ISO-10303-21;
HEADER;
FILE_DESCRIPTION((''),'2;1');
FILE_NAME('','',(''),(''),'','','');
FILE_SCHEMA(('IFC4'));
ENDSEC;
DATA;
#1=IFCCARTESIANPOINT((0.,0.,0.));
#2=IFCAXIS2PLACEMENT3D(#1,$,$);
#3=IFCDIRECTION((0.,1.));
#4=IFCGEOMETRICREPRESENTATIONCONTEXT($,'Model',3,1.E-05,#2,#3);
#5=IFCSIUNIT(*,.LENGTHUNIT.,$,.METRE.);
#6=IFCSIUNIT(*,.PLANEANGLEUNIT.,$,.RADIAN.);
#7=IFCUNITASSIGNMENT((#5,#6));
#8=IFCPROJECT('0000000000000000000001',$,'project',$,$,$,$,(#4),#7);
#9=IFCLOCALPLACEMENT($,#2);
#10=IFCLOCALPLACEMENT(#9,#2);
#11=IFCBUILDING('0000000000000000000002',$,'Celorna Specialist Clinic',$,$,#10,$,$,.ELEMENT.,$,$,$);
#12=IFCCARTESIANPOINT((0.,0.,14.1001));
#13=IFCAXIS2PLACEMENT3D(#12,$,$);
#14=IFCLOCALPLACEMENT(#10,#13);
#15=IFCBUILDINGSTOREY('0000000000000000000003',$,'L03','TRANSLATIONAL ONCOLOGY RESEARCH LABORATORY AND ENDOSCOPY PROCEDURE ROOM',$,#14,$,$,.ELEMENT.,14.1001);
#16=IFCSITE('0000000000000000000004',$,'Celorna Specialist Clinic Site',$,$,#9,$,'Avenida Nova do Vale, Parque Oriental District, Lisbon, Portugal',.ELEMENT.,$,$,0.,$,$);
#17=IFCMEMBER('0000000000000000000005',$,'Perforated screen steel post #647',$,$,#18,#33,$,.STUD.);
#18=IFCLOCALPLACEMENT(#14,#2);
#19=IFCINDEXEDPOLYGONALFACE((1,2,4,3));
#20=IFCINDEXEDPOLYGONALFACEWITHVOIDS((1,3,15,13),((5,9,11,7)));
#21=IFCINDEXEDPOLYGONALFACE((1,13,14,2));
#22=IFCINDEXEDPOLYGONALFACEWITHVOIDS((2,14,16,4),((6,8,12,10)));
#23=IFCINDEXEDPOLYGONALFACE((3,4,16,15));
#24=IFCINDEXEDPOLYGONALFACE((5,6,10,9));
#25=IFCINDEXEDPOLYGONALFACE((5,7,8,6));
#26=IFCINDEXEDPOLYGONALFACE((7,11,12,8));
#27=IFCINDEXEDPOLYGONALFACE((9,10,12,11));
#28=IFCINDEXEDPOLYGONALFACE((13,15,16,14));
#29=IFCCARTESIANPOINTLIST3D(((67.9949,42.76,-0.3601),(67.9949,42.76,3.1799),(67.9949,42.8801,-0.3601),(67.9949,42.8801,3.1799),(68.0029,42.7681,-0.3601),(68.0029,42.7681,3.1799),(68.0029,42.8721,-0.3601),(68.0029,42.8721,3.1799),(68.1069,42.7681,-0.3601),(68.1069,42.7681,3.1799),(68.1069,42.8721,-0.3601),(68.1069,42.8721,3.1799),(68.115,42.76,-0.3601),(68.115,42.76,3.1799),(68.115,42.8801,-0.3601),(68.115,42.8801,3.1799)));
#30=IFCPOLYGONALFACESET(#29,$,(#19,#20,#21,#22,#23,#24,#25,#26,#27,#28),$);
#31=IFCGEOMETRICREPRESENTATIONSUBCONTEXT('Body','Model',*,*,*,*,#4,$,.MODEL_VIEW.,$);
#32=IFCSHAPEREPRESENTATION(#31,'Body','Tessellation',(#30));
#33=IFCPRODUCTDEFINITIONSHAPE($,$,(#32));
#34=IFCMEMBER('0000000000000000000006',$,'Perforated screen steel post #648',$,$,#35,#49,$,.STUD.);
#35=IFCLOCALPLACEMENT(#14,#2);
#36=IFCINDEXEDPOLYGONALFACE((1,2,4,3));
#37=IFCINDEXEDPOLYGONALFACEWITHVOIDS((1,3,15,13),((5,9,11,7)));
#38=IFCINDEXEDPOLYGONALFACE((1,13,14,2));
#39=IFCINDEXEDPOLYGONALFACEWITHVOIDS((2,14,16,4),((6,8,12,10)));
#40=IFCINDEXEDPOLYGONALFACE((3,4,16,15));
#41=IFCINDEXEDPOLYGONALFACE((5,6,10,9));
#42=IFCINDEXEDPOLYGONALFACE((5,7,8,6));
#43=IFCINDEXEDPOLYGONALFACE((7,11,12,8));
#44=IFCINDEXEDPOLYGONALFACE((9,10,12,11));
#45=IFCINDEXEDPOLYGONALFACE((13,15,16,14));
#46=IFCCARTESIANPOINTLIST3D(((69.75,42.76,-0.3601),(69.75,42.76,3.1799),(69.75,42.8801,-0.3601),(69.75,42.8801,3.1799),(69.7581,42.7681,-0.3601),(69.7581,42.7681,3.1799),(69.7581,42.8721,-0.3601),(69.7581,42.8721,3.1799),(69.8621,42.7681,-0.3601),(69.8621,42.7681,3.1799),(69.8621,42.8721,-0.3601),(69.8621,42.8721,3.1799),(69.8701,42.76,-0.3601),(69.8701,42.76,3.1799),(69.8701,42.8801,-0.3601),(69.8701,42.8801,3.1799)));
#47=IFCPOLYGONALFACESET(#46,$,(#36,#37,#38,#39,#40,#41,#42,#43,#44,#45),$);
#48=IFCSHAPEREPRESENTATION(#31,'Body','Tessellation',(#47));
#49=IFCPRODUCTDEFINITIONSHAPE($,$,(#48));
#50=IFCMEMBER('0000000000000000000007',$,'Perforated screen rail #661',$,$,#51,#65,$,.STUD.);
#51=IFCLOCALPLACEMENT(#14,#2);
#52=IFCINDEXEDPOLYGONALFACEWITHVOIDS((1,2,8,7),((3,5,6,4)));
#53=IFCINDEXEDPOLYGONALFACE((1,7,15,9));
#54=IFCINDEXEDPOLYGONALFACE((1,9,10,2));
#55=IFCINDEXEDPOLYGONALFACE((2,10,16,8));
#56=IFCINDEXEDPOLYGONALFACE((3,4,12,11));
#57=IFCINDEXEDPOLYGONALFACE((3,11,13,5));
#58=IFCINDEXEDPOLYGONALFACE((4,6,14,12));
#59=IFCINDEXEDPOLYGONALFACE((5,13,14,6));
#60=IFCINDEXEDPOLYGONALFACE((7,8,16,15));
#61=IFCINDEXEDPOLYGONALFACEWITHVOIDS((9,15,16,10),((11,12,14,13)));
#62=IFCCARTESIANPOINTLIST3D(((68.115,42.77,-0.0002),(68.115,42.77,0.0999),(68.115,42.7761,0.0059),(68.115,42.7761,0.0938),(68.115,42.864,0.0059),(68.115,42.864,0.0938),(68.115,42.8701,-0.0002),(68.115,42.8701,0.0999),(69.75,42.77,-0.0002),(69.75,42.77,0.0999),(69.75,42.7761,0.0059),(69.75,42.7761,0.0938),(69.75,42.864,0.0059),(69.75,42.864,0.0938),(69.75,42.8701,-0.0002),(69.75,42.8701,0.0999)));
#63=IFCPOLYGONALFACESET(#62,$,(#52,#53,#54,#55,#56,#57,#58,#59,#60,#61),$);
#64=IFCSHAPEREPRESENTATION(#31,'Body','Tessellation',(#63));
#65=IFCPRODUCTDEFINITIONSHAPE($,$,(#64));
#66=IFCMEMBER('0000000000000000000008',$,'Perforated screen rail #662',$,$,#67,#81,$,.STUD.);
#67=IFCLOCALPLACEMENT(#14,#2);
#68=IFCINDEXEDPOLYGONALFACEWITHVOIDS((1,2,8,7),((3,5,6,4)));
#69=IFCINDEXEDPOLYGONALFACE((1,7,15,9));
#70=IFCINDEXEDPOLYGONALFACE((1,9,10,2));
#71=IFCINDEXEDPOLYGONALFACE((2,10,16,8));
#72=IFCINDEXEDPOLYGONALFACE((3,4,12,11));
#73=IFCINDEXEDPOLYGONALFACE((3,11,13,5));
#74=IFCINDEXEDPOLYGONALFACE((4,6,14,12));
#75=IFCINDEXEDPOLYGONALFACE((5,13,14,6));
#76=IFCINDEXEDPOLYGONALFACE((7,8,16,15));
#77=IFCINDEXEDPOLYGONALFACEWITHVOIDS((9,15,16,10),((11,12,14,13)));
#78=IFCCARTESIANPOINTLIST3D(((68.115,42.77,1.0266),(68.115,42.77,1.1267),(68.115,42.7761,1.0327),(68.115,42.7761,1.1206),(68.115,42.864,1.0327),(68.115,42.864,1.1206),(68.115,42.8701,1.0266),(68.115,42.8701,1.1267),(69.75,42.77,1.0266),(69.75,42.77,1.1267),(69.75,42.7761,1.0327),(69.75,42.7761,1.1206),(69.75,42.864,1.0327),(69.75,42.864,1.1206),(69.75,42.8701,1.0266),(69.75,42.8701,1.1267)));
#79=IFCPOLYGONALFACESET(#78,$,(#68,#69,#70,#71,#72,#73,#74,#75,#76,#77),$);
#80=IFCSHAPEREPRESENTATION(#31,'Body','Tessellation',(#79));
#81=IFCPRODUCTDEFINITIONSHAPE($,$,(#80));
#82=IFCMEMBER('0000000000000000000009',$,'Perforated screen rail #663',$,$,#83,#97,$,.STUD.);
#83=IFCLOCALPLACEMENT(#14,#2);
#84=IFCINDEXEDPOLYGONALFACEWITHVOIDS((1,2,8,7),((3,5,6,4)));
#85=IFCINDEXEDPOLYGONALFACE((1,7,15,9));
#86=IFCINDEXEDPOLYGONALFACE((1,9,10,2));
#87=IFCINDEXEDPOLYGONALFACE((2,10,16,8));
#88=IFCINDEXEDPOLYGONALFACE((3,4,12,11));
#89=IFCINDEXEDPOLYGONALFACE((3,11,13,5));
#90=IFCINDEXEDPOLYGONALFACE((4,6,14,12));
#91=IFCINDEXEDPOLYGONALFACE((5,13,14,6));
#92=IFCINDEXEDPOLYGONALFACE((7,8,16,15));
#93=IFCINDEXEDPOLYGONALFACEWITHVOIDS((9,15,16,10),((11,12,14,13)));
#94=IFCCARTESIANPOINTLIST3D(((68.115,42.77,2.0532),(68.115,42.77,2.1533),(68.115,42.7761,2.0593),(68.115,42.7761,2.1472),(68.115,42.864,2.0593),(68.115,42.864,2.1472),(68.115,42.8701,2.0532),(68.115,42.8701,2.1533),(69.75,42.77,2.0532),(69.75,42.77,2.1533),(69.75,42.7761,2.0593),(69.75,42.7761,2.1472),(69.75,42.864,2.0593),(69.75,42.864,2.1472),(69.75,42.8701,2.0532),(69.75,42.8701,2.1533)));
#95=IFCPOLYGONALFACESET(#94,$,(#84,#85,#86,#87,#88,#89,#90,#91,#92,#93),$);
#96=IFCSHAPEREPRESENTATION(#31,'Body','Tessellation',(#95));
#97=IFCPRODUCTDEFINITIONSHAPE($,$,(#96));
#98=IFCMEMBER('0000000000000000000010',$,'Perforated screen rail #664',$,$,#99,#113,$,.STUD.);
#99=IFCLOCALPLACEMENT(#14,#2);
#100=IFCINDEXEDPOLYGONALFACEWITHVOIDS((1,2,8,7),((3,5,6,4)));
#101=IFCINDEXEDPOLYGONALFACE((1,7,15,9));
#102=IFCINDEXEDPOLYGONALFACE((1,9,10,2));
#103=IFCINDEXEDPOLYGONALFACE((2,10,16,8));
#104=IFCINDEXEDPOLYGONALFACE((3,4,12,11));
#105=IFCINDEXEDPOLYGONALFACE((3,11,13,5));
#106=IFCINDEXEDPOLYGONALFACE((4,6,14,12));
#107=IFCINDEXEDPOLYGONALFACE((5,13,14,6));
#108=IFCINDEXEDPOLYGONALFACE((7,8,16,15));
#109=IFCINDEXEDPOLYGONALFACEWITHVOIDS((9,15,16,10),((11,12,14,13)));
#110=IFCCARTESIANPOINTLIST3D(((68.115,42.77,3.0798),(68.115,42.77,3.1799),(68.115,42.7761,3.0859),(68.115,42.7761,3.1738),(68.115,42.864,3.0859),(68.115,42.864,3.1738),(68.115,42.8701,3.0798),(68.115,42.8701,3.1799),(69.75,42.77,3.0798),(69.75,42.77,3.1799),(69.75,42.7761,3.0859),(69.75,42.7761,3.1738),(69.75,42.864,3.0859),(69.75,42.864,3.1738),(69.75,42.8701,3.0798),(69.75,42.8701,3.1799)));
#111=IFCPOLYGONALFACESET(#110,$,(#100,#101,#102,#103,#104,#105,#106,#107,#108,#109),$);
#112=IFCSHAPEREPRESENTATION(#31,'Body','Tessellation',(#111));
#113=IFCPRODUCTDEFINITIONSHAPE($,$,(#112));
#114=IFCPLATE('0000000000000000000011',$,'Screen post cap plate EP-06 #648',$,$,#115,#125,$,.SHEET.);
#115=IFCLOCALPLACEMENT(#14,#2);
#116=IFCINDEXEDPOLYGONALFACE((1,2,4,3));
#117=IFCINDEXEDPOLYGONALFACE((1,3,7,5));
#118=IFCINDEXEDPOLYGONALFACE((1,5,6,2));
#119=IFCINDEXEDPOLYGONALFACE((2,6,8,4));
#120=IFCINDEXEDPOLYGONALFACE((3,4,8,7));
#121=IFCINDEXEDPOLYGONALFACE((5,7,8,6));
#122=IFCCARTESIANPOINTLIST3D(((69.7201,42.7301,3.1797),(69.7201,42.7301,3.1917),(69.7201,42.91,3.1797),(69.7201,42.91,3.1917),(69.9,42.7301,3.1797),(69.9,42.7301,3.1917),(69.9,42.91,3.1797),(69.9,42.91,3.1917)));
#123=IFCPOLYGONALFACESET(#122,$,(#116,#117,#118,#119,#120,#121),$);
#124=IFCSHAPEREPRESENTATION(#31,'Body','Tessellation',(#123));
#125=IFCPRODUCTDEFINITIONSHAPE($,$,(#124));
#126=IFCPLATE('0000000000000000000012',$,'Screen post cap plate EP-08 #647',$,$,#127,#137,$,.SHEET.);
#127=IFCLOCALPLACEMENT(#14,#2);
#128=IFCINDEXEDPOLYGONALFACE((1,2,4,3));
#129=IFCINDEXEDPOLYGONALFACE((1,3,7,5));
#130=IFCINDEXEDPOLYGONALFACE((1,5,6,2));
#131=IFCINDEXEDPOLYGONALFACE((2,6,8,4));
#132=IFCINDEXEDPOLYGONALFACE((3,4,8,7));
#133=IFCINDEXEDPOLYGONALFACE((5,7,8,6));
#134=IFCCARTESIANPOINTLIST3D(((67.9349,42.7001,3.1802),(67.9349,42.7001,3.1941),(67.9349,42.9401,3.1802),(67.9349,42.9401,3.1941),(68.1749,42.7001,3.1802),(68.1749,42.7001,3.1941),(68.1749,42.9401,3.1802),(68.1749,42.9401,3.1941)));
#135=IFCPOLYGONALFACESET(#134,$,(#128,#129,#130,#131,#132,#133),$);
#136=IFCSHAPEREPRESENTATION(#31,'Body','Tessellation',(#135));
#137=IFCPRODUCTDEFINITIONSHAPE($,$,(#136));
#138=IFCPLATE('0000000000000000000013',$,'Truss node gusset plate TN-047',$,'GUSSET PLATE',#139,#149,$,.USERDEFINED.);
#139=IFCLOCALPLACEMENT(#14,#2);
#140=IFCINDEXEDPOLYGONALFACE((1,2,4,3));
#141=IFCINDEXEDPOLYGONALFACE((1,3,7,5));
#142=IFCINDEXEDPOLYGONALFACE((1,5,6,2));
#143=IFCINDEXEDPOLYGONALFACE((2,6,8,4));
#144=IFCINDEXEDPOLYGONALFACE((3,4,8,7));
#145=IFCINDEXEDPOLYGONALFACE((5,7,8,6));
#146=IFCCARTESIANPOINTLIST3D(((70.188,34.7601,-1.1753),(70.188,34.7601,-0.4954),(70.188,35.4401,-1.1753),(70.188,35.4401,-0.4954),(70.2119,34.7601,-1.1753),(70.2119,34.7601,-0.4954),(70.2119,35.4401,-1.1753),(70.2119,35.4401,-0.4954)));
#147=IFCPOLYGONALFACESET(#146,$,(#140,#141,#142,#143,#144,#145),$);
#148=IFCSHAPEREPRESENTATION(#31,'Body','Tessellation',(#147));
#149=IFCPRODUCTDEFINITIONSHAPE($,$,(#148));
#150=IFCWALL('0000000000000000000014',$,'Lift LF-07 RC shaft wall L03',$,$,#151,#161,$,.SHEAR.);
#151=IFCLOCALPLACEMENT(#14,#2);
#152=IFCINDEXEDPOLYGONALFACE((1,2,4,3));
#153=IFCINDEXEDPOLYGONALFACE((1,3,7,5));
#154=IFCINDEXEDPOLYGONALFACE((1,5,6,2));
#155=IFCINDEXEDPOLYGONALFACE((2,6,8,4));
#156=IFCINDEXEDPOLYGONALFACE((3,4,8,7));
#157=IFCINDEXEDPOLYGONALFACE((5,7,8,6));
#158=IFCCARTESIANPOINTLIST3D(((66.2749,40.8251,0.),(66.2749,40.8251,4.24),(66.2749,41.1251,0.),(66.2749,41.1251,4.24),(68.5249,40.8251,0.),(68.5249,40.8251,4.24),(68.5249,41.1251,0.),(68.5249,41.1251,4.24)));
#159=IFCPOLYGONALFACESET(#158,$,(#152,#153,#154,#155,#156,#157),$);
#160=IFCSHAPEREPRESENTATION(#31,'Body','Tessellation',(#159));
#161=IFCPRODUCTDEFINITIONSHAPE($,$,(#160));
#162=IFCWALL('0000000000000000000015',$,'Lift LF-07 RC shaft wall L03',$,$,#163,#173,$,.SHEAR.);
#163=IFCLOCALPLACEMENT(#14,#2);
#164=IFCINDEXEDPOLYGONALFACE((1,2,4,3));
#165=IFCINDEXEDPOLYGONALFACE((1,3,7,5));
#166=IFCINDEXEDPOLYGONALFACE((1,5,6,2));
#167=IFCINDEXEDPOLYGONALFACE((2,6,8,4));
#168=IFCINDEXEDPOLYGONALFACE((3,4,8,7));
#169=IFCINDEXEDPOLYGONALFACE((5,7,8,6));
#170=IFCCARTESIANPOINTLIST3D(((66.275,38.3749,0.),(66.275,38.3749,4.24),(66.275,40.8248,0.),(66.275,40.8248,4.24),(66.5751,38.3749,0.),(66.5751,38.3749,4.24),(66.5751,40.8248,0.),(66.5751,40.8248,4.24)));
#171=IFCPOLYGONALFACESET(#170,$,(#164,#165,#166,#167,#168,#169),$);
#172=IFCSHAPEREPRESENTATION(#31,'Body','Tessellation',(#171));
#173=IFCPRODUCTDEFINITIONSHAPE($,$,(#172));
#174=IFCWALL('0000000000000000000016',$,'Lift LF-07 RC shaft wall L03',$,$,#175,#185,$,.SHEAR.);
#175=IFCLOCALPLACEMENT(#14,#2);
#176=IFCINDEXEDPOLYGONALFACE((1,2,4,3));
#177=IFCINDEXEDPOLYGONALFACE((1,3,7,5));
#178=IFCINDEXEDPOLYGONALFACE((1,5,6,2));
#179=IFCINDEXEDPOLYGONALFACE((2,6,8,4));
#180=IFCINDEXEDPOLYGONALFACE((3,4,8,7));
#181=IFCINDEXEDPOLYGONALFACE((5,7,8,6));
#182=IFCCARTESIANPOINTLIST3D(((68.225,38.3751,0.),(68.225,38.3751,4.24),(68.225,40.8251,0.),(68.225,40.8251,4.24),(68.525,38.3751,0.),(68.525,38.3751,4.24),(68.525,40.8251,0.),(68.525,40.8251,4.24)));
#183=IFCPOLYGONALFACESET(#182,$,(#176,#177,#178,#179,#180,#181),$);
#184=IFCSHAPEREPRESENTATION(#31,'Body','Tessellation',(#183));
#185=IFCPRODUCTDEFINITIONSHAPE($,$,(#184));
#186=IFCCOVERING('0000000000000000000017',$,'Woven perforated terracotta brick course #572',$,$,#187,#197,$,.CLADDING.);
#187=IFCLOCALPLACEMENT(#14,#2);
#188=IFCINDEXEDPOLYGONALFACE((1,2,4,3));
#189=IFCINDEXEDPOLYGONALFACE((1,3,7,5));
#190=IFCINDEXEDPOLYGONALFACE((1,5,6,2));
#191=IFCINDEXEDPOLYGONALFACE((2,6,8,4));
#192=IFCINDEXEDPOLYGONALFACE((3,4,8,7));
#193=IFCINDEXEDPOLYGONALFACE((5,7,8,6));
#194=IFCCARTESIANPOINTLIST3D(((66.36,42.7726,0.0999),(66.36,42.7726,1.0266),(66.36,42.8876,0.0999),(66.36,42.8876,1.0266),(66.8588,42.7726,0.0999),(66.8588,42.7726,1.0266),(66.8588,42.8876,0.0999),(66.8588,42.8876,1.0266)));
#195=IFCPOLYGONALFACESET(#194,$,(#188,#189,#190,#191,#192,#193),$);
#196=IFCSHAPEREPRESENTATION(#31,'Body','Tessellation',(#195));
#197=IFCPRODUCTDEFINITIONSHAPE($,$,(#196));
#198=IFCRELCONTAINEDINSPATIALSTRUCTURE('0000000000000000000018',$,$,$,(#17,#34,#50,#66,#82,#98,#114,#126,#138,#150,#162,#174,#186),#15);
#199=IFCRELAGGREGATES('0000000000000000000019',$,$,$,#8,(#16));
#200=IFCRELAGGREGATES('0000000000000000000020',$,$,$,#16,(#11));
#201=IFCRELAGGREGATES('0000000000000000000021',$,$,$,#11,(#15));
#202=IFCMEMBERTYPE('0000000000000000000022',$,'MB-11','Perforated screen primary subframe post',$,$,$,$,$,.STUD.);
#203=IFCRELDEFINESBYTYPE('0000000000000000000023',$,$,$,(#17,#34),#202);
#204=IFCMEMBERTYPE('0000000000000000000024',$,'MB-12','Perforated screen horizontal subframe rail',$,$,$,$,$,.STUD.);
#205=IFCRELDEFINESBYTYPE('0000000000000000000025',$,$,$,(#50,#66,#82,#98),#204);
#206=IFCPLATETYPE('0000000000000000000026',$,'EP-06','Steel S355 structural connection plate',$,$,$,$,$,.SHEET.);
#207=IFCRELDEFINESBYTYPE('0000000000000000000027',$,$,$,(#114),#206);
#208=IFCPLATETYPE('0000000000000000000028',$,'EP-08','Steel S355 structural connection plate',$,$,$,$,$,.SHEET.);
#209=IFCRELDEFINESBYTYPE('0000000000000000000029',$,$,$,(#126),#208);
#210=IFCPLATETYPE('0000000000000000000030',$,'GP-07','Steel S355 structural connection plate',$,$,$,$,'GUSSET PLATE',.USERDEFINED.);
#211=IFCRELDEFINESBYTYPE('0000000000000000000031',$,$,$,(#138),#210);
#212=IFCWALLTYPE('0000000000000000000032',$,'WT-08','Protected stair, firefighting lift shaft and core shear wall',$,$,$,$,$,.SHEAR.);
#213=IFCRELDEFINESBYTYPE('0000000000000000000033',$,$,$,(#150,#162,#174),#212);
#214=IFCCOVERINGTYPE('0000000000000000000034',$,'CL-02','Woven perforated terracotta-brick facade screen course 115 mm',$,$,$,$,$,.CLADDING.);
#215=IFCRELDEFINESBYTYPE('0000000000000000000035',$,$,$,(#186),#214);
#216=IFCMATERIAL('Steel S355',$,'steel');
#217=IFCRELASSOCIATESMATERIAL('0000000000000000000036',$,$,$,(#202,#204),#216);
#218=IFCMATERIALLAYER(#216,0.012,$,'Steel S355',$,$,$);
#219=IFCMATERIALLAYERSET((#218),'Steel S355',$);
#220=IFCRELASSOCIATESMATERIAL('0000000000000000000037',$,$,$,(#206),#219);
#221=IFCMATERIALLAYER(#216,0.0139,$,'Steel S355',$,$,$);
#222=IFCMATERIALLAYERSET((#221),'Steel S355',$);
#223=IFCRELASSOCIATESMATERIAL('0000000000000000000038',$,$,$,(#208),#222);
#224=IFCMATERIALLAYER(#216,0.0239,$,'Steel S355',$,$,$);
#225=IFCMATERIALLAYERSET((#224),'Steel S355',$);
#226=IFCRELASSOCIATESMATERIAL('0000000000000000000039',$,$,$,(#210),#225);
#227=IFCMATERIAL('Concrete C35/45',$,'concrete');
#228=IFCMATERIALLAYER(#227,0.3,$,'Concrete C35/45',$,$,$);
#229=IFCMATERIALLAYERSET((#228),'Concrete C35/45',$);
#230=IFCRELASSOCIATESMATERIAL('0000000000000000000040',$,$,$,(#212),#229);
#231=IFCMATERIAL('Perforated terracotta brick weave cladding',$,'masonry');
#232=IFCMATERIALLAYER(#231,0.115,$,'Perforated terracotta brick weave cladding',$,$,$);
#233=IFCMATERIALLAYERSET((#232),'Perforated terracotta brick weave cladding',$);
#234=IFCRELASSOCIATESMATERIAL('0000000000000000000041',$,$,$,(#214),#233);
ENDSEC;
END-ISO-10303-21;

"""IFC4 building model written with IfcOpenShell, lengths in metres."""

from ifc_helpers import new_model, si_unit, direction, frame, frame_2d, origin, origin_2d, place, context, subcontext, project, spatial, rectangle, hollow_rectangle, extrude, material, layer, layer_set, material_profile, profile_set, type_object, element, save


model = new_model("IFC4")

# Units and contexts
model_context = context("Model", 3, precision=1e-05, world=origin(), true_north=direction((0.0, 1.0)))
body_context = subcontext(model_context, "Body", "Model", "MODEL_VIEW")
ifc_project = project(units=[si_unit("LENGTHUNIT", "METRE"), si_unit("PLANEANGLEUNIT", "RADIAN")], contexts=[model_context])

# Site, building, storey
site_placement = place(None, origin())
site = spatial("IfcSite", under=ifc_project, at=site_placement, Name="Celorna Specialist Clinic Site", LongName="Avenida Nova do Vale, Parque Oriental District, Lisbon, Portugal", CompositionType="ELEMENT", RefElevation=0.0)
building_placement = place(site_placement, origin())
building = spatial("IfcBuilding", under=site, at=building_placement, Name="Celorna Specialist Clinic", CompositionType="ELEMENT")
storey_placement = place(building_placement, frame((0.0, 0.0, 14.1001)))
storey = spatial("IfcBuildingStorey", under=building, at=storey_placement, Name="L03", Description="TRANSLATIONAL ONCOLOGY RESEARCH LABORATORY AND ENDOSCOPY PROCEDURE ROOM", CompositionType="ELEMENT", Elevation=14.1001)

# Shared definitions
ifc_material_1 = material(Name="Concrete C35/45", Category="concrete")

# Shared definitions
ifc_material_2 = material(Name="Steel S355", Category="steel")

# Members
ifc_material_profile_1 = material_profile(ifc_material_2, hollow_rectangle(XDim=0.1201, YDim=0.1201, WallThickness=0.0081, at=origin_2d()), Name="SHS 120x120x8")
ifc_profile_set_1 = profile_set([ifc_material_profile_1], Name="Steel S355")
member_type_1 = type_object("IfcMemberType", Name="MB-11", Description="Perforated screen primary subframe post", PredefinedType="STUD", material=ifc_profile_set_1)
for number, where, z_axis, x_axis, name in (
    (1, (68.0549, 42.8201, -0.3601), (0.0, 0.0, 1.0), (1.0, 0.0, 0.0), "Perforated screen steel post #647"),
    (2, (69.8101, 42.8201, -0.3601), (0.0, 0.0, 1.0), (1.0, 0.0, 0.0), "Perforated screen steel post #648"),
):
    element("IfcMember", number, at=place(storey_placement, frame(where, z_axis=z_axis, x_axis=x_axis)), inside=storey, type_object=member_type_1, Name=name, PredefinedType="STUD", context=body_context, shape_type="SweptSolid", body=[
        extrude(hollow_rectangle(XDim=0.1201, YDim=0.1201, WallThickness=0.0081, at=origin_2d()), origin(), (0.0, 0.0, 1.0), 3.54),
    ])
ifc_material_profile_2 = material_profile(ifc_material_2, hollow_rectangle(XDim=0.1001, YDim=0.1001, WallThickness=0.0061, at=origin_2d()), Name="SHS 100x100x6")
ifc_profile_set_2 = profile_set([ifc_material_profile_2], Name="Steel S355")
member_type_2 = type_object("IfcMemberType", Name="MB-12", Description="Perforated screen horizontal subframe rail", PredefinedType="STUD", material=ifc_profile_set_2)
for number, where, z_axis, x_axis, name in (
    (3, (68.115, 42.8201, 0.0498), (1.0, 0.0, 0.0), (0.0, 1.0, 0.0), "Perforated screen rail #661"),
    (4, (68.115, 42.8201, 1.0767), (1.0, 0.0, 0.0), (0.0, 1.0, 0.0), "Perforated screen rail #662"),
    (5, (68.115, 42.8201, 2.1033), (1.0, 0.0, 0.0), (0.0, 1.0, 0.0), "Perforated screen rail #663"),
    (6, (68.115, 42.8201, 3.1299), (1.0, 0.0, 0.0), (0.0, 1.0, 0.0), "Perforated screen rail #664"),
):
    element("IfcMember", number, at=place(storey_placement, frame(where, z_axis=z_axis, x_axis=x_axis)), inside=storey, type_object=member_type_2, Name=name, PredefinedType="STUD", context=body_context, shape_type="SweptSolid", body=[
        extrude(hollow_rectangle(XDim=0.1001, YDim=0.1001, WallThickness=0.0061, at=origin_2d()), origin(), (0.0, 0.0, 1.0), 1.635),
    ])

# Plates
ifc_layer_1 = layer(ifc_material_2, 0.012, Name="Steel S355")
ifc_layer_set_1 = layer_set([ifc_layer_1], Name="Steel S355")
plate_type_1 = type_object("IfcPlateType", Name="EP-06", Description="Steel S355 structural connection plate", PredefinedType="SHEET", material=ifc_layer_set_1)
plate_1_placement = place(storey_placement, frame((69.8101, 42.8201, 3.1797), z_axis=(0.0, 0.0, 1.0), x_axis=(1.0, 0.0, 0.0)))
element("IfcPlate", 7, at=plate_1_placement, inside=storey, type_object=plate_type_1, Name="Screen post cap plate EP-06 #648", PredefinedType="SHEET", context=body_context, shape_type="SweptSolid", body=[
    extrude(rectangle(XDim=0.1799, YDim=0.1799, at=origin_2d()), origin(), (0.0, 0.0, 1.0), 0.012),
])
ifc_layer_2 = layer(ifc_material_2, 0.0139, Name="Steel S355")
ifc_layer_set_2 = layer_set([ifc_layer_2], Name="Steel S355")
plate_type_2 = type_object("IfcPlateType", Name="EP-08", Description="Steel S355 structural connection plate", PredefinedType="SHEET", material=ifc_layer_set_2)
plate_2_placement = place(storey_placement, frame((68.0549, 42.8201, 3.1802), z_axis=(0.0, 0.0, 1.0), x_axis=(1.0, 0.0, 0.0)))
element("IfcPlate", 8, at=plate_2_placement, inside=storey, type_object=plate_type_2, Name="Screen post cap plate EP-08 #647", PredefinedType="SHEET", context=body_context, shape_type="SweptSolid", body=[
    extrude(rectangle(XDim=0.24, YDim=0.24, at=origin_2d()), origin(), (0.0, 0.0, 1.0), 0.0139),
])
ifc_layer_3 = layer(ifc_material_2, 0.0239, Name="Steel S355")
ifc_layer_set_3 = layer_set([ifc_layer_3], Name="Steel S355")
plate_type_3 = type_object("IfcPlateType", Name="GP-07", Description="Steel S355 structural connection plate", ElementType="GUSSET PLATE", PredefinedType="USERDEFINED", material=ifc_layer_set_3)
plate_3_placement = place(storey_placement, frame((70.2, 35.1001, -1.1753), z_axis=(0.0, 0.0, 1.0), x_axis=(0.0, 1.0, 0.0)))
element("IfcPlate", 9, at=plate_3_placement, inside=storey, type_object=plate_type_3, Name="Truss node gusset plate TN-047", ObjectType="GUSSET PLATE", PredefinedType="USERDEFINED", context=body_context, shape_type="SweptSolid", body=[
    extrude(rectangle(XDim=0.6799, YDim=0.0239, at=origin_2d()), origin(), (0.0, 0.0, 1.0), 0.6799),
])

# Walls
ifc_layer_4 = layer(ifc_material_1, 0.3, Name="Concrete C35/45")
ifc_layer_set_4 = layer_set([ifc_layer_4], Name="Concrete C35/45")
wall_type = type_object("IfcWallType", Name="WT-08", Description="Protected stair, firefighting lift shaft and core shear wall", PredefinedType="SHEAR", material=ifc_layer_set_4)
wall_placement = place(storey_placement, frame((68.5249, 40.9751, 0.0), z_axis=(0.0, 0.0, 1.0), x_axis=(-1.0, 0.0, 0.0)))
element("IfcWall", 10, at=wall_placement, inside=storey, type_object=wall_type, Name="Lift LF-07 RC shaft wall L03", PredefinedType="SHEAR", context=body_context, shape_type="SweptSolid", body=[
    extrude(rectangle(XDim=2.25, YDim=0.3, at=frame_2d((1.125, 0.0))), origin(), (0.0, 0.0, 1.0), 4.24),
])
for number, where, z_axis, x_axis, name in (
    (11, (66.425, 40.825, 0.0), (0.0, 0.0, 1.0), (0.0, -1.0, 0.0), "Lift LF-07 RC shaft wall L03"),
    (12, (68.375, 38.375, 0.0), (0.0, 0.0, 1.0), (0.0, 1.0, 0.0), "Lift LF-07 RC shaft wall L03"),
):
    element("IfcWall", number, at=place(storey_placement, frame(where, z_axis=z_axis, x_axis=x_axis)), inside=storey, type_object=wall_type, Name=name, PredefinedType="SHEAR", context=body_context, shape_type="SweptSolid", body=[
        extrude(rectangle(XDim=2.45, YDim=0.3, at=frame_2d((1.2251, 0.0))), origin(), (0.0, 0.0, 1.0), 4.24),
    ])

# Covering
ifc_material_3 = material(Name="Perforated terracotta brick weave cladding", Category="masonry")
ifc_layer_5 = layer(ifc_material_3, 0.115, Name="Perforated terracotta brick weave cladding")
ifc_layer_set_5 = layer_set([ifc_layer_5], Name="Perforated terracotta brick weave cladding")
covering_type = type_object("IfcCoveringType", Name="CL-02", Description="Woven perforated terracotta-brick facade screen course 115 mm", PredefinedType="CLADDING", material=ifc_layer_set_5)
for number, where, z_axis, x_axis, name in (
    (13, (66.6094, 42.8301, 0.0999), (0.0, 0.0, 1.0), (1.0, 0.0, 0.0), "Woven perforated terracotta brick course #572"),
):
    element("IfcCovering", number, at=place(storey_placement, frame(where, z_axis=z_axis, x_axis=x_axis)), inside=storey, type_object=covering_type, Name=name, PredefinedType="CLADDING", context=body_context, shape_type="SweptSolid", body=[
        extrude(rectangle(XDim=0.4988, YDim=0.115, at=origin_2d()), origin(), (0.0, 0.0, 1.0), 0.9268),
    ])

save(model, "model.ifc")
